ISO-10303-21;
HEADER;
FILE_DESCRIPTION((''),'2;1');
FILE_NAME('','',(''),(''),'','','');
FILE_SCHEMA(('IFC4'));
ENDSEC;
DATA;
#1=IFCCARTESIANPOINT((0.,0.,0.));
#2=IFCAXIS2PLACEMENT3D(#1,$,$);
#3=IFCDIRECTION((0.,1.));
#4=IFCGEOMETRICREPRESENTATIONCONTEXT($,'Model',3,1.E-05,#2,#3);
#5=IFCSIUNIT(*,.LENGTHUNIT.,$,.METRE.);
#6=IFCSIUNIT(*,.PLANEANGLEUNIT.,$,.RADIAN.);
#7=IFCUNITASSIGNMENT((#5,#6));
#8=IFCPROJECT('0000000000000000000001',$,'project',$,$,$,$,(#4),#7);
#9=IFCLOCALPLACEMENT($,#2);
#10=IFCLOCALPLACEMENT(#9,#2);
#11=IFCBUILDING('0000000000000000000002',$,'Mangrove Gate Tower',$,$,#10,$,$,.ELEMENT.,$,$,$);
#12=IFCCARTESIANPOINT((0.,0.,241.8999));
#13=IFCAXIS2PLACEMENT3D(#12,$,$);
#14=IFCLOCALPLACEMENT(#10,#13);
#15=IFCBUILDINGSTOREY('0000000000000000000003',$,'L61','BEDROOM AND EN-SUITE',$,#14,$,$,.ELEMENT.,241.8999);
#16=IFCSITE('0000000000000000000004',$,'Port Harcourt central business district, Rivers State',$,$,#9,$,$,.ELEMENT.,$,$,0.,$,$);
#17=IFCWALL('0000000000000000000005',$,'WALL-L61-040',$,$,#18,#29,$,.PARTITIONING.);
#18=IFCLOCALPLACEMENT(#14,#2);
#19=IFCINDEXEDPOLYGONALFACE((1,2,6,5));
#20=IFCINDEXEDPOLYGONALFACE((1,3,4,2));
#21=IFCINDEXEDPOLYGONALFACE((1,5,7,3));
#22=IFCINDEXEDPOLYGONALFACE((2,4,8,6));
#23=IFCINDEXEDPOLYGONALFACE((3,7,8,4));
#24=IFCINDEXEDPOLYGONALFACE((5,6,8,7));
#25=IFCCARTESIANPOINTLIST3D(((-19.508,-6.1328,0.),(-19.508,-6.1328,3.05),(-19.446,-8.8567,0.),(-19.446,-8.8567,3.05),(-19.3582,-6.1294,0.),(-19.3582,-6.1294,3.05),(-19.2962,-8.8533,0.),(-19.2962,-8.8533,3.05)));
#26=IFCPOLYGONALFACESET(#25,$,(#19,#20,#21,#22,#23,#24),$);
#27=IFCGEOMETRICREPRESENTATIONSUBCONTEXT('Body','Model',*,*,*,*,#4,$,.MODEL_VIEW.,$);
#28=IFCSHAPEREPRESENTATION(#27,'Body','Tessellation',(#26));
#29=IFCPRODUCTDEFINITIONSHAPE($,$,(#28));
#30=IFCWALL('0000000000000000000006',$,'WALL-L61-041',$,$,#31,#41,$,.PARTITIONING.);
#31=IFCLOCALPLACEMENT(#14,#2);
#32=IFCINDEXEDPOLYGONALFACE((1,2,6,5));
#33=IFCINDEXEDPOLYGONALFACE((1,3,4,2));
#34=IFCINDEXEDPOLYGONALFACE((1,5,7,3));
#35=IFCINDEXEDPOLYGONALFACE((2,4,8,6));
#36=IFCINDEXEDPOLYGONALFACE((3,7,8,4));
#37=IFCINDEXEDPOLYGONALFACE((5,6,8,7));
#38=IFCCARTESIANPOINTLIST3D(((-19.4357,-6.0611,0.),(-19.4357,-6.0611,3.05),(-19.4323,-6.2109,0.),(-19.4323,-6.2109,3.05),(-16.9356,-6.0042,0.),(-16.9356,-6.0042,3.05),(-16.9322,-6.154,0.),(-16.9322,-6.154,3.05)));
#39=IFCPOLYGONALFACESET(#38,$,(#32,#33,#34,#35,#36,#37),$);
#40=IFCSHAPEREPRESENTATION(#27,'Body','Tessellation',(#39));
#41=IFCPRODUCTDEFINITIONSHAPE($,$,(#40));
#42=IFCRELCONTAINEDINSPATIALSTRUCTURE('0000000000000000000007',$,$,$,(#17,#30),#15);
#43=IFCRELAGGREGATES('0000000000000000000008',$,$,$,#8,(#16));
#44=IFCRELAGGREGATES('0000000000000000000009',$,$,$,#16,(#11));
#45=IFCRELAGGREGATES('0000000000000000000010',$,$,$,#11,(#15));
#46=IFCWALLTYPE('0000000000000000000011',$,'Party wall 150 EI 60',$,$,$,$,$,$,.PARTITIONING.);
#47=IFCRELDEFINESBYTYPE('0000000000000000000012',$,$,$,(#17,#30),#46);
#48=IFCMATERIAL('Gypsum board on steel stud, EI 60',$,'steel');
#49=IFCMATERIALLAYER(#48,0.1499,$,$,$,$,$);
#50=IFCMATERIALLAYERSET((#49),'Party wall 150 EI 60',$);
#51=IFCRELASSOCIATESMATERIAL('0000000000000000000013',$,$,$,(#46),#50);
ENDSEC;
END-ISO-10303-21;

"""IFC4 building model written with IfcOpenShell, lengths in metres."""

from ifc_helpers import new_model, si_unit, direction, frame, frame_2d, origin, place, context, subcontext, project, spatial, rectangle, extrude, material, layer, layer_set, type_object, element, save


model = new_model("IFC4")

# Units and contexts
model_context = context("Model", 3, precision=1e-05, world=origin(), true_north=direction((0.0, 1.0)))
body_context = subcontext(model_context, "Body", "Model", "MODEL_VIEW")
ifc_project = project(units=[si_unit("LENGTHUNIT", "METRE"), si_unit("PLANEANGLEUNIT", "RADIAN")], contexts=[model_context])

# Site, building, storey
site_placement = place(None, origin())
site = spatial("IfcSite", under=ifc_project, at=site_placement, Name="Port Harcourt central business district, Rivers State", CompositionType="ELEMENT", RefElevation=0.0)
building_placement = place(site_placement, origin())
building = spatial("IfcBuilding", under=site, at=building_placement, Name="Mangrove Gate Tower", CompositionType="ELEMENT")
storey_placement = place(building_placement, frame((0.0, 0.0, 241.8999)))
storey = spatial("IfcBuildingStorey", under=building, at=storey_placement, Name="L61", Description="BEDROOM AND EN-SUITE", CompositionType="ELEMENT", Elevation=241.8999)

# Walls
ifc_material_1 = material(Name="Gypsum board on steel stud, EI 60", Category="steel")
ifc_layer_1 = layer(ifc_material_1, 0.1499)
ifc_layer_set_1 = layer_set([ifc_layer_1], Name="Party wall 150 EI 60")
wall_type_1 = type_object("IfcWallType", Name="Party wall 150 EI 60", PredefinedType="PARTITIONING", material=ifc_layer_set_1)
wall_1_placement = place(storey_placement, frame((-19.3711, -8.855, 0.0), z_axis=(0.0, 0.0, 1.0), x_axis=(-0.02276, 0.999741, 0.0)))
element("IfcWall", 1, at=wall_1_placement, inside=storey, type_object=wall_type_1, Name="WALL-L61-040", PredefinedType="PARTITIONING", context=body_context, shape_type="SweptSolid", body=[
    extrude(rectangle(XDim=2.7246, YDim=0.1499, at=frame_2d((1.3623, 0.0))), origin(), (0.0, 0.0, 1.0), 3.05),
])
wall_2_placement = place(storey_placement, frame((-19.4341, -6.136, 0.0), z_axis=(0.0, 0.0, 1.0), x_axis=(0.999741, 0.022748, 0.0)))
element("IfcWall", 2, at=wall_2_placement, inside=storey, type_object=wall_type_1, Name="WALL-L61-041", PredefinedType="PARTITIONING", context=body_context, shape_type="SweptSolid", body=[
    extrude(rectangle(XDim=2.5007, YDim=0.1499, at=frame_2d((1.2505, 0.0))), origin(), (0.0, 0.0, 1.0), 3.05),
])

save(model, "model.ifc")
